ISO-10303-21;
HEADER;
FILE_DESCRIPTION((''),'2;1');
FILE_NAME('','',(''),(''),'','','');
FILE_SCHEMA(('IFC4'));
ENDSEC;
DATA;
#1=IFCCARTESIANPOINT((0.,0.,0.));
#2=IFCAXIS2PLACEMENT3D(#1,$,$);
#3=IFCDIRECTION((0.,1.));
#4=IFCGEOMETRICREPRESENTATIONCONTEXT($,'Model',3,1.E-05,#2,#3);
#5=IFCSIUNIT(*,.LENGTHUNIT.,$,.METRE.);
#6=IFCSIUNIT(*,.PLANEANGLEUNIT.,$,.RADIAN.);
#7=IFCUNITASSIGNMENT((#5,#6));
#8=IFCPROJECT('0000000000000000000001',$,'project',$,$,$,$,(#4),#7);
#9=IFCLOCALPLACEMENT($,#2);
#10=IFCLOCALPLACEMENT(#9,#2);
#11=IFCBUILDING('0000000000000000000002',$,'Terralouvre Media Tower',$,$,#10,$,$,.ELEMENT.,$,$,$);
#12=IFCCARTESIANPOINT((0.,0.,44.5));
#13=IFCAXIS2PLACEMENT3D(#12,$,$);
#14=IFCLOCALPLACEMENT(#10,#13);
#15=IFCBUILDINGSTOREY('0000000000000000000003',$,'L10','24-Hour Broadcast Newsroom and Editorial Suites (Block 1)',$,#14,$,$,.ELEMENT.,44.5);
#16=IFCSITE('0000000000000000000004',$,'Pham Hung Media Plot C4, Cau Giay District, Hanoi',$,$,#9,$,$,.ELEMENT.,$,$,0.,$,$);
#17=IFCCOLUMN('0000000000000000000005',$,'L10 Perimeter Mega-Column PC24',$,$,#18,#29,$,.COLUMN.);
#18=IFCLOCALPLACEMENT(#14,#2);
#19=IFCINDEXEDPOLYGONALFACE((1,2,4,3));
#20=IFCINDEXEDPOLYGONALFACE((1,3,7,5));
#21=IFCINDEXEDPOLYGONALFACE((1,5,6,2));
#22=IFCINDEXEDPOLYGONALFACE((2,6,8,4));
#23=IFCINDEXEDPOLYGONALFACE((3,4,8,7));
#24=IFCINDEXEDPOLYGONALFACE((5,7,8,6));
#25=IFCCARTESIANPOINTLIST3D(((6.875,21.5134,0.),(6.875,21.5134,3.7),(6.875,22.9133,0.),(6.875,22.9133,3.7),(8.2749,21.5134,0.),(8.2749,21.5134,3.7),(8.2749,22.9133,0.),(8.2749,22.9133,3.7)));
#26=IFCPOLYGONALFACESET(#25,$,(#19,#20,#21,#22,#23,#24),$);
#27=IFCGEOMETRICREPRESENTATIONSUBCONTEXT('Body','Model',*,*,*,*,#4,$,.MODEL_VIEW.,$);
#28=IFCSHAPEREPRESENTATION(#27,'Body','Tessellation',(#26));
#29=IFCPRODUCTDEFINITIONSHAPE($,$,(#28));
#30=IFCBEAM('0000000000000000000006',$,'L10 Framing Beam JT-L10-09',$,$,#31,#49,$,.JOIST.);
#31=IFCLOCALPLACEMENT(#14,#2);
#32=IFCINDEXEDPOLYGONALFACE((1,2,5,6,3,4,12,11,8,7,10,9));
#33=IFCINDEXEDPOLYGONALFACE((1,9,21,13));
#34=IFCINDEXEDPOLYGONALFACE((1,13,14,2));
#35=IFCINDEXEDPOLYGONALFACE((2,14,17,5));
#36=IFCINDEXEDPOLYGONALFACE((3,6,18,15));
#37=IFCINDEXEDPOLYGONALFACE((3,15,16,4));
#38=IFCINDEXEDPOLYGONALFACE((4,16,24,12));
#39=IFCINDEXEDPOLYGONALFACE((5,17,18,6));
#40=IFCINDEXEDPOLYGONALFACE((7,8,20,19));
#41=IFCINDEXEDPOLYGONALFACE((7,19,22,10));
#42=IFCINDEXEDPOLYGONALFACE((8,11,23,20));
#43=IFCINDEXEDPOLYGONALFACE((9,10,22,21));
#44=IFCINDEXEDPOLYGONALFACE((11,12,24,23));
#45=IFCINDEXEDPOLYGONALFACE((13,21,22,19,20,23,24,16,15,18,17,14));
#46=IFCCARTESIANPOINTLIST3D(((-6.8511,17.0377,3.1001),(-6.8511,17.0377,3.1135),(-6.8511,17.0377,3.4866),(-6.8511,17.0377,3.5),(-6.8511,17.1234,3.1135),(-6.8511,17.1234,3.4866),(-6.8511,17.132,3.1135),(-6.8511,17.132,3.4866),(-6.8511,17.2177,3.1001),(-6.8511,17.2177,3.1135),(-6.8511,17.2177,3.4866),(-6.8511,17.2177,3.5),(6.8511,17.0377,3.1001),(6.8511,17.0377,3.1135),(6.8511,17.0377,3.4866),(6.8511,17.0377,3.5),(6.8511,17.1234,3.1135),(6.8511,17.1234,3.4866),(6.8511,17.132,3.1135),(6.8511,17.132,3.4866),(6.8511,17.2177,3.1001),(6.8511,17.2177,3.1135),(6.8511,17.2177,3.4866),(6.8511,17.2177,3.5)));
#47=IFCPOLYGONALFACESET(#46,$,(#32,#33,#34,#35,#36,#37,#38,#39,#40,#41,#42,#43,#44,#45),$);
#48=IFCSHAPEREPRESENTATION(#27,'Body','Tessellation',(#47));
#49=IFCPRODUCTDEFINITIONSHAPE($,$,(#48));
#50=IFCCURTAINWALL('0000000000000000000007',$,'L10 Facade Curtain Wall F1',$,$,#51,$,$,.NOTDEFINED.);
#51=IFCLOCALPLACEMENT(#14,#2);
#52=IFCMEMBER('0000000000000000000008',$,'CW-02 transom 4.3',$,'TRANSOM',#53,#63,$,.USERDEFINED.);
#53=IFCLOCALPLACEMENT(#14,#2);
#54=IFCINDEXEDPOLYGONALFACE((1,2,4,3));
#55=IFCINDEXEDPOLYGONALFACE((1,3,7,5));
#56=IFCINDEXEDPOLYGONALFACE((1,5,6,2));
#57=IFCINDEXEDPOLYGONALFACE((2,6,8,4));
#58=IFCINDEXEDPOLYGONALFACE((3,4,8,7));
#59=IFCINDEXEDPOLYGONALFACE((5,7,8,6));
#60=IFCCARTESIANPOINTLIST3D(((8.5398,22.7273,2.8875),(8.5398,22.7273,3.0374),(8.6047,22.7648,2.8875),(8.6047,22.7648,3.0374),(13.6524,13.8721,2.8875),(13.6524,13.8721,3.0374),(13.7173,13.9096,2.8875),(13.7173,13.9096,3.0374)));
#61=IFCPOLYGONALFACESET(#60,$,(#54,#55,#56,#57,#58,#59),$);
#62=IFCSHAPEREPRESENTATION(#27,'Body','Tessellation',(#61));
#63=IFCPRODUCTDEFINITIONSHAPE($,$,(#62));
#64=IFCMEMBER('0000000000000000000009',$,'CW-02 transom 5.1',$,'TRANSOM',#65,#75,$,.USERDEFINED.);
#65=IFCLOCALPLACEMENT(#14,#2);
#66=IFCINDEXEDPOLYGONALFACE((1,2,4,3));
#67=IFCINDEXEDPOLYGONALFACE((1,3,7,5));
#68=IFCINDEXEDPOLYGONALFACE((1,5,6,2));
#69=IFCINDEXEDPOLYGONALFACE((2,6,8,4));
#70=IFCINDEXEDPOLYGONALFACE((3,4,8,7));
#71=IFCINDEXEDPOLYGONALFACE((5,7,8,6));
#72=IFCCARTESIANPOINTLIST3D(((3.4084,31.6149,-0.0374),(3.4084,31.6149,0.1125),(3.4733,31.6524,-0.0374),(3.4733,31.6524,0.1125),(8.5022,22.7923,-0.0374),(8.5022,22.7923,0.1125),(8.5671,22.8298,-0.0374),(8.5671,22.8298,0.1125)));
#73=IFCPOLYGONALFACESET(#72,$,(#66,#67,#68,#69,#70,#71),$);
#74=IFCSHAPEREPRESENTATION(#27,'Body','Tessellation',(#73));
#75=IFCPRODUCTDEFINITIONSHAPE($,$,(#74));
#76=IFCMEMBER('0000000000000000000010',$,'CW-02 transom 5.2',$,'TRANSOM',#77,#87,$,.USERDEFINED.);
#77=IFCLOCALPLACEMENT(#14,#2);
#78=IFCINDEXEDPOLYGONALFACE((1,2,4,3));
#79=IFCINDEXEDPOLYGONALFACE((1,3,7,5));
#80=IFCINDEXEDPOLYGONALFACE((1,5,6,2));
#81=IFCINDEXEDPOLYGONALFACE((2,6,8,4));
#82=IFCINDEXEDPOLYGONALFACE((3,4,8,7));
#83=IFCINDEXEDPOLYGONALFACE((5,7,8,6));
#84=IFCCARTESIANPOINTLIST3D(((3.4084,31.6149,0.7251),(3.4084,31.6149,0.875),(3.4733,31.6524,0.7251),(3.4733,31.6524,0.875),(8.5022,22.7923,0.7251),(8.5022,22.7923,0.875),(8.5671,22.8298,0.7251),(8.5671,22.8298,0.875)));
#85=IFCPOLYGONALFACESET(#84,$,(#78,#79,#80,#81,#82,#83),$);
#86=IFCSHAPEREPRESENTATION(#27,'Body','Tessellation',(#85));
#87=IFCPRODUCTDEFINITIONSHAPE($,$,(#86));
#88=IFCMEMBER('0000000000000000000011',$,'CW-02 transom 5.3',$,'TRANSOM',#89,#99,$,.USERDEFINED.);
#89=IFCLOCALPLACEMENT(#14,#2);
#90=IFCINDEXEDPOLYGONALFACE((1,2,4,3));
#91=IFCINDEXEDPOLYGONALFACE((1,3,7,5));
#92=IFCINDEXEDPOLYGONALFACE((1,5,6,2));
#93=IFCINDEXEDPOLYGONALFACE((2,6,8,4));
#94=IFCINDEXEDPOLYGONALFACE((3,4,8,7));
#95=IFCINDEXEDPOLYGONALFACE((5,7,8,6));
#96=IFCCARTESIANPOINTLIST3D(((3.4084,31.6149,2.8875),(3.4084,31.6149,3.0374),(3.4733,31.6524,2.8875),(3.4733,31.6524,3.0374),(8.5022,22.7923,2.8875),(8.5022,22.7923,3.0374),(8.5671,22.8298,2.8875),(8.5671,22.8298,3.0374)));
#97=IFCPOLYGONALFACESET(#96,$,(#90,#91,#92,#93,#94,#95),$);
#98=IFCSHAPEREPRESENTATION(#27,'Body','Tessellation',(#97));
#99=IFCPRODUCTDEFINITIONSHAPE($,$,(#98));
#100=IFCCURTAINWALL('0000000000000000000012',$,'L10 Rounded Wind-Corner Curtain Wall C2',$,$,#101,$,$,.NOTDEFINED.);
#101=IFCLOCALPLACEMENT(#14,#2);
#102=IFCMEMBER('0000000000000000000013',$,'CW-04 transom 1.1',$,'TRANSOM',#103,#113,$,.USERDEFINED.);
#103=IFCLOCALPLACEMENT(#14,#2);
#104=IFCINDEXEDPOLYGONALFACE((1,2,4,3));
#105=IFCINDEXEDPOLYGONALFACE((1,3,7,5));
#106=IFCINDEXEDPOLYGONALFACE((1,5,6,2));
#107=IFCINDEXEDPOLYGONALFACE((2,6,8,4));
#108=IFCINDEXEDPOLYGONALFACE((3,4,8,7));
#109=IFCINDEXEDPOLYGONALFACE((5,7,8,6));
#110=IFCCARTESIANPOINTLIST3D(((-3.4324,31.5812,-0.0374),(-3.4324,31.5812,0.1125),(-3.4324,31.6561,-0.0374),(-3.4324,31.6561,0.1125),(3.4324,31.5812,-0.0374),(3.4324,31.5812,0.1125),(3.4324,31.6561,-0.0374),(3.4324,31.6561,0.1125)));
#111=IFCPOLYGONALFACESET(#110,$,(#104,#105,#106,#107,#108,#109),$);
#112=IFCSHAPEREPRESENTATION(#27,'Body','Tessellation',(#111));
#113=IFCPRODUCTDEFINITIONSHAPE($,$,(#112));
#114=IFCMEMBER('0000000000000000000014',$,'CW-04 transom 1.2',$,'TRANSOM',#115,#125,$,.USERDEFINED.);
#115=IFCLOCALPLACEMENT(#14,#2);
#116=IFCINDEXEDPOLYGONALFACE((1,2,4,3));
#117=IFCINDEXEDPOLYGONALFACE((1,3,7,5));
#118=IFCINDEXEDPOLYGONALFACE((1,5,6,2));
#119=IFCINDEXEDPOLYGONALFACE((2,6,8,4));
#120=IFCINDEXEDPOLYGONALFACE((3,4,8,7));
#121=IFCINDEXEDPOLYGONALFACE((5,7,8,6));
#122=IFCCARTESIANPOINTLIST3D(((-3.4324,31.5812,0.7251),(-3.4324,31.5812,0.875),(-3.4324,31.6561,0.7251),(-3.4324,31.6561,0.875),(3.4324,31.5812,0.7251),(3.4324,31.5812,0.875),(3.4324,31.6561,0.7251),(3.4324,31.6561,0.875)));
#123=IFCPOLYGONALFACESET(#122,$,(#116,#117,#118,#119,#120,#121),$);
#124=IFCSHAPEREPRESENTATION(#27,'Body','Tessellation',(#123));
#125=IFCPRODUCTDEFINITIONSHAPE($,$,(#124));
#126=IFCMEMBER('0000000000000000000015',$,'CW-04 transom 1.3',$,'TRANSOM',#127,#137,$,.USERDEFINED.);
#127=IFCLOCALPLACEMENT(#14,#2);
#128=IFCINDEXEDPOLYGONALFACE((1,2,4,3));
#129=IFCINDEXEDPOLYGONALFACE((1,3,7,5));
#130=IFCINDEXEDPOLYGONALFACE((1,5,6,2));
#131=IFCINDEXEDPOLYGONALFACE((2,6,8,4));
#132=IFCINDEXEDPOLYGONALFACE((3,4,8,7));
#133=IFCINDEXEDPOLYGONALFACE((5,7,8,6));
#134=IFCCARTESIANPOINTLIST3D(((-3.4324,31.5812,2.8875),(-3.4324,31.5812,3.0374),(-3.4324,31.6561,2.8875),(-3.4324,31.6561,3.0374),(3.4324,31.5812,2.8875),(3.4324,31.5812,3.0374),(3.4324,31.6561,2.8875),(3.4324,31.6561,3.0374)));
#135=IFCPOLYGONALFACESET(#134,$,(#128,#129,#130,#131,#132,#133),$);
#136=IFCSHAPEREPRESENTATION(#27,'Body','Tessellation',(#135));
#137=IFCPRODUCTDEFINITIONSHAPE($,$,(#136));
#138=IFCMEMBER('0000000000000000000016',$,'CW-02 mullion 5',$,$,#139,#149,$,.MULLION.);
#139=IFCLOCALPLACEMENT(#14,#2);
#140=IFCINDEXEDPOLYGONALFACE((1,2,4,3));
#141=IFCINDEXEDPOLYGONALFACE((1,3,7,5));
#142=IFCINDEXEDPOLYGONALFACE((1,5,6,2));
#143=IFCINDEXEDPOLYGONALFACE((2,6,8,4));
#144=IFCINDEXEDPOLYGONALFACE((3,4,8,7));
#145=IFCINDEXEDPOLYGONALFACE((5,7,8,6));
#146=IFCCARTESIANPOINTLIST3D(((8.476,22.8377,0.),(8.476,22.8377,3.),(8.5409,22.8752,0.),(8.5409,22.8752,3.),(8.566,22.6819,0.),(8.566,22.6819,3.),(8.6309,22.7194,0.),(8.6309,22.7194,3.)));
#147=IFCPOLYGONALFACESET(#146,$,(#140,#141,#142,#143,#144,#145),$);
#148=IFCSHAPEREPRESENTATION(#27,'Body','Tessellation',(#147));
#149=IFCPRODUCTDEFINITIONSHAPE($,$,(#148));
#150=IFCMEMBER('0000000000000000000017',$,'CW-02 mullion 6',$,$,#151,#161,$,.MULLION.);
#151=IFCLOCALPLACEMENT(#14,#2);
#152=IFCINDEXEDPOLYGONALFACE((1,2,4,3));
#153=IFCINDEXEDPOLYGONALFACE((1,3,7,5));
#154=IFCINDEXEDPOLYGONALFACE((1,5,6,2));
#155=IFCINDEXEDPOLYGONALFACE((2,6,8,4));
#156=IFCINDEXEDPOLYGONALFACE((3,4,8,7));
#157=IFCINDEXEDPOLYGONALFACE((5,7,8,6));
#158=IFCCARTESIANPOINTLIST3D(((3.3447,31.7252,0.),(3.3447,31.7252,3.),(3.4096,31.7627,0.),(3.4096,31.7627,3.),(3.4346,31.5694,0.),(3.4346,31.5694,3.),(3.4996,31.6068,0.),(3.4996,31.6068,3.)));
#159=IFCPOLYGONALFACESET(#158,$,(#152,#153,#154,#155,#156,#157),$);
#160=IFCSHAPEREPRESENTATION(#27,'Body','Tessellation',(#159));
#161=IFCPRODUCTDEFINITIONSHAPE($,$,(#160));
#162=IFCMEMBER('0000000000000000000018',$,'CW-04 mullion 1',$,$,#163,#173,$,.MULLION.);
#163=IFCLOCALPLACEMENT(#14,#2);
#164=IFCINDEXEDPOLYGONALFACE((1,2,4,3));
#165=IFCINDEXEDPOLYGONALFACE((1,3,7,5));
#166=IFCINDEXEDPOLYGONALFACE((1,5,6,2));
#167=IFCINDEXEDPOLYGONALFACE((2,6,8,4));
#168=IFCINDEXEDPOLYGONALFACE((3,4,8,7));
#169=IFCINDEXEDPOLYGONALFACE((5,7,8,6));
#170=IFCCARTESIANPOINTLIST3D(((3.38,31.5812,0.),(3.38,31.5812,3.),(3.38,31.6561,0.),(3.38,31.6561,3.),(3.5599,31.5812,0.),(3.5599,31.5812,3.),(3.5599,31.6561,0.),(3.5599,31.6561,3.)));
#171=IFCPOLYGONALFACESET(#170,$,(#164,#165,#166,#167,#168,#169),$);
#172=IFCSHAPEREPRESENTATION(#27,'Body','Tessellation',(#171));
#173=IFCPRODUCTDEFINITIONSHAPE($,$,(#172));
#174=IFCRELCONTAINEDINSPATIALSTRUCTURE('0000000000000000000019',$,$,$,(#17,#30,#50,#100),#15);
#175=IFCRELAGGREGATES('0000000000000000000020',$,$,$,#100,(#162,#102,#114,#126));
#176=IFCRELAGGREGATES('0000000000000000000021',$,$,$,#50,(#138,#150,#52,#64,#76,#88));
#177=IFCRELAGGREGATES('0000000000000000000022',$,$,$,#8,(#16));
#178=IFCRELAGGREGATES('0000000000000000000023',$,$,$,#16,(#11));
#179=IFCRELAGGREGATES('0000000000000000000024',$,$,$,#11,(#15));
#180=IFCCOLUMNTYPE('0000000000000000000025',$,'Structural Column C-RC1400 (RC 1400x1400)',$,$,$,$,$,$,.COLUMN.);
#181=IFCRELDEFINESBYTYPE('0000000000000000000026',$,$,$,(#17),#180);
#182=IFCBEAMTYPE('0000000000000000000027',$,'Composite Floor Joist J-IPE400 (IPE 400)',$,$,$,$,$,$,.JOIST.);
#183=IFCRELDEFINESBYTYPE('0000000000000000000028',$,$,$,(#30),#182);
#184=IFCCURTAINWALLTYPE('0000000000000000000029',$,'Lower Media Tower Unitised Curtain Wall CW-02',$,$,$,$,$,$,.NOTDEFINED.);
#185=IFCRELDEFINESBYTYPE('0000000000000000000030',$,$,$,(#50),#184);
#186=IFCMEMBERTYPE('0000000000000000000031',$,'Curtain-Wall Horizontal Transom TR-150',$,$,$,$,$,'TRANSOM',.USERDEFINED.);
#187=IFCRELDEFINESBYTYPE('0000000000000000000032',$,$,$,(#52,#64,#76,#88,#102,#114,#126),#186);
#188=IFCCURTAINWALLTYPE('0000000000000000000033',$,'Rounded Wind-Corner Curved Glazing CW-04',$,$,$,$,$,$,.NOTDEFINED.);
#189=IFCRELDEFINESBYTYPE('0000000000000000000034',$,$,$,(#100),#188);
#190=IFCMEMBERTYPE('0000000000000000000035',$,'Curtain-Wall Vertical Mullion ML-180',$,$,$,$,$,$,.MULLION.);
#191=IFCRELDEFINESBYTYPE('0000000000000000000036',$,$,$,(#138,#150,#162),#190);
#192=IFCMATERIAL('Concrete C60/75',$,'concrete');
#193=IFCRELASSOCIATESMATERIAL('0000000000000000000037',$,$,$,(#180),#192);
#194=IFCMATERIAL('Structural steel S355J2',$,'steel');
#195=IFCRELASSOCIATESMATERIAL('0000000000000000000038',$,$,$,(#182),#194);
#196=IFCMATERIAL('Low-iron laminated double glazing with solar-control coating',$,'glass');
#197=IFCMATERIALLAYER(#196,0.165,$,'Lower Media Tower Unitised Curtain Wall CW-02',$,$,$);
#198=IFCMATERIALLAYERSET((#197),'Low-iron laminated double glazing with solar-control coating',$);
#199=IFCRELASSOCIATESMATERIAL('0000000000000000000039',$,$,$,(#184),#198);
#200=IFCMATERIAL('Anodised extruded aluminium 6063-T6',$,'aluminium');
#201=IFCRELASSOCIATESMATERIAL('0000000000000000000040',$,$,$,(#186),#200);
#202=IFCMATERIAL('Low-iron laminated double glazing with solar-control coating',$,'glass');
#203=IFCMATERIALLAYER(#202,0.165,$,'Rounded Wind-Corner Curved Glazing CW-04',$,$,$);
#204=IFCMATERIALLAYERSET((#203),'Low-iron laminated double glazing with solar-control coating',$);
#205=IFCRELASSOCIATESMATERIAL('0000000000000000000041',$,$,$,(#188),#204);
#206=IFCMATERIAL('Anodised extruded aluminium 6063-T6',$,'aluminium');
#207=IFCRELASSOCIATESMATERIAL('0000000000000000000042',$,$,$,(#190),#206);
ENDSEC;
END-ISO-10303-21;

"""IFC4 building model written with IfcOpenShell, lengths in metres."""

from ifc_helpers import new_model, si_unit, direction, frame, origin, origin_2d, place, context, subcontext, project, spatial, rectangle, i_section, extrude, material, layer, layer_set, material_profile, profile_set, type_object, element, aggregate, save


model = new_model("IFC4")

# Units and contexts
model_context = context("Model", 3, precision=1e-05, world=origin(), true_north=direction((0.0, 1.0)))
body_context = subcontext(model_context, "Body", "Model", "MODEL_VIEW")
ifc_project = project(units=[si_unit("LENGTHUNIT", "METRE"), si_unit("PLANEANGLEUNIT", "RADIAN")], contexts=[model_context])

# Site, building, storey
site_placement = place(None, origin())
site = spatial("IfcSite", under=ifc_project, at=site_placement, Name="Pham Hung Media Plot C4, Cau Giay District, Hanoi", CompositionType="ELEMENT", RefElevation=0.0)
building_placement = place(site_placement, origin())
building = spatial("IfcBuilding", under=site, at=building_placement, Name="Terralouvre Media Tower", CompositionType="ELEMENT")
storey_placement = place(building_placement, frame((0.0, 0.0, 44.5)))
storey = spatial("IfcBuildingStorey", under=building, at=storey_placement, Name="L10", Description="24-Hour Broadcast Newsroom and Editorial Suites (Block 1)", CompositionType="ELEMENT", Elevation=44.5)

# Column
ifc_material_1 = material(Name="Concrete C60/75", Category="concrete")
ifc_material_profile_1 = material_profile(ifc_material_1, rectangle(XDim=1.3999, YDim=1.3999, at=origin_2d()), Name="RC 1400x1400")
ifc_profile_set_1 = profile_set([ifc_material_profile_1], Name="Concrete C60/75")
column_type = type_object("IfcColumnType", Name="Structural Column C-RC1400 (RC 1400x1400)", PredefinedType="COLUMN", material=ifc_profile_set_1)
column_placement = place(storey_placement, frame((7.575, 22.2134, 0.0), z_axis=(0.0, 0.0, 1.0), x_axis=(1.0, 0.0, 0.0)))
element("IfcColumn", 1, at=column_placement, inside=storey, type_object=column_type, Name="L10 Perimeter Mega-Column PC24", PredefinedType="COLUMN", context=body_context, shape_type="SweptSolid", body=[
    extrude(rectangle(XDim=1.3999, YDim=1.3999, at=origin_2d()), origin(), (0.0, 0.0, 1.0), 3.7),
])

# Beam
ifc_material_2 = material(Name="Structural steel S355J2", Category="steel")
ifc_material_profile_2 = material_profile(ifc_material_2, i_section(OverallWidth=0.1799, OverallDepth=0.3999, WebThickness=0.0085, FlangeThickness=0.0134, at=origin_2d()), Name="IPE 400")
ifc_profile_set_2 = profile_set([ifc_material_profile_2], Name="Structural steel S355J2")
beam_type_1 = type_object("IfcBeamType", Name="Composite Floor Joist J-IPE400 (IPE 400)", PredefinedType="JOIST", material=ifc_profile_set_2)
beam_1_placement = place(storey_placement, frame((6.8511, 17.1277, 3.3), z_axis=(-1.0, 0.0, 0.0), x_axis=(0.0, -1.0, 0.0)))
element("IfcBeam", 2, at=beam_1_placement, inside=storey, type_object=beam_type_1, Name="L10 Framing Beam JT-L10-09", PredefinedType="JOIST", context=body_context, shape_type="SweptSolid", body=[
    extrude(i_section(OverallWidth=0.1799, OverallDepth=0.3999, WebThickness=0.0085, FlangeThickness=0.0134, at=origin_2d()), origin(), (0.0, 0.0, 1.0), 13.7021),
])

# Curtain walls, members
ifc_material_3 = material(Name="Low-iron laminated double glazing with solar-control coating", Category="glass")
ifc_layer_1 = layer(ifc_material_3, 0.165, Name="Lower Media Tower Unitised Curtain Wall CW-02")
ifc_layer_set_1 = layer_set([ifc_layer_1], Name="Low-iron laminated double glazing with solar-control coating")
curtain_wall_type_1 = type_object("IfcCurtainWallType", Name="Lower Media Tower Unitised Curtain Wall CW-02", PredefinedType="NOTDEFINED", material=ifc_layer_set_1)
curtain_wall_1_placement = place(storey_placement, origin())
curtain_wall_1 = element("IfcCurtainWall", 3, at=curtain_wall_1_placement, inside=storey, type_object=curtain_wall_type_1, Name="L10 Facade Curtain Wall F1", PredefinedType="NOTDEFINED")
ifc_material_4 = material(Name="Anodised extruded aluminium 6063-T6", Category="aluminium")
ifc_material_profile_3 = material_profile(ifc_material_4, rectangle(XDim=0.075, YDim=0.1499, at=origin_2d()), Name="ALU 75x150")
ifc_profile_set_3 = profile_set([ifc_material_profile_3], Name="Anodised extruded aluminium 6063-T6")
member_type_1 = type_object("IfcMemberType", Name="Curtain-Wall Horizontal Transom TR-150", ElementType="TRANSOM", PredefinedType="USERDEFINED", material=ifc_profile_set_3)
member_1_placement = place(storey_placement, frame((13.6848, 13.8909, 2.9624), z_axis=(-0.499999, 0.866026, 0.0), x_axis=(-0.866026, -0.499999, 0.0)))
member_1 = element("IfcMember", 4, at=member_1_placement, type_object=member_type_1, Name="CW-02 transom 4.3", ObjectType="TRANSOM", PredefinedType="USERDEFINED", context=body_context, shape_type="SweptSolid", body=[
    extrude(rectangle(XDim=0.075, YDim=0.1499, at=origin_2d()), origin(), (0.0, 0.0, 1.0), 10.2251),
])
member_2_placement = place(storey_placement, frame((8.5347, 22.811, 0.0376), z_axis=(-0.500005, 0.866022, 0.0), x_axis=(-0.866022, -0.500005, 0.0)))
member_2 = element("IfcMember", 5, at=member_2_placement, type_object=member_type_1, Name="CW-02 transom 5.1", ObjectType="TRANSOM", PredefinedType="USERDEFINED", context=body_context, shape_type="SweptSolid", body=[
    extrude(rectangle(XDim=0.075, YDim=0.1499, at=origin_2d()), origin(), (0.0, 0.0, 1.0), 10.1875),
])
member_3_placement = place(storey_placement, frame((8.5347, 22.811, 0.8), z_axis=(-0.500005, 0.866022, 0.0), x_axis=(-0.866022, -0.500005, 0.0)))
member_3 = element("IfcMember", 6, at=member_3_placement, type_object=member_type_1, Name="CW-02 transom 5.2", ObjectType="TRANSOM", PredefinedType="USERDEFINED", context=body_context, shape_type="SweptSolid", body=[
    extrude(rectangle(XDim=0.075, YDim=0.1499, at=origin_2d()), origin(), (0.0, 0.0, 1.0), 10.1875),
])
member_4_placement = place(storey_placement, frame((8.5347, 22.811, 2.9624), z_axis=(-0.500005, 0.866022, 0.0), x_axis=(-0.866022, -0.500005, 0.0)))
member_4 = element("IfcMember", 7, at=member_4_placement, type_object=member_type_1, Name="CW-02 transom 5.3", ObjectType="TRANSOM", PredefinedType="USERDEFINED", context=body_context, shape_type="SweptSolid", body=[
    extrude(rectangle(XDim=0.075, YDim=0.1499, at=origin_2d()), origin(), (0.0, 0.0, 1.0), 10.1875),
])
ifc_material_5 = material(Name="Low-iron laminated double glazing with solar-control coating", Category="glass")
ifc_layer_2 = layer(ifc_material_5, 0.165, Name="Rounded Wind-Corner Curved Glazing CW-04")
ifc_layer_set_2 = layer_set([ifc_layer_2], Name="Low-iron laminated double glazing with solar-control coating")
curtain_wall_type_2 = type_object("IfcCurtainWallType", Name="Rounded Wind-Corner Curved Glazing CW-04", PredefinedType="NOTDEFINED", material=ifc_layer_set_2)
curtain_wall_2_placement = place(storey_placement, origin())
curtain_wall_2 = element("IfcCurtainWall", 8, at=curtain_wall_2_placement, inside=storey, type_object=curtain_wall_type_2, Name="L10 Rounded Wind-Corner Curtain Wall C2", PredefinedType="NOTDEFINED")
member_5_placement = place(storey_placement, frame((3.4324, 31.6187, 0.0376), z_axis=(-1.0, 0.0, 0.0), x_axis=(0.0, -1.0, 0.0)))
member_5 = element("IfcMember", 9, at=member_5_placement, type_object=member_type_1, Name="CW-04 transom 1.1", ObjectType="TRANSOM", PredefinedType="USERDEFINED", context=body_context, shape_type="SweptSolid", body=[
    extrude(rectangle(XDim=0.075, YDim=0.1499, at=origin_2d()), origin(), (0.0, 0.0, 1.0), 6.8647),
])
member_6_placement = place(storey_placement, frame((3.4324, 31.6187, 0.8), z_axis=(-1.0, 0.0, 0.0), x_axis=(0.0, -1.0, 0.0)))
member_6 = element("IfcMember", 10, at=member_6_placement, type_object=member_type_1, Name="CW-04 transom 1.2", ObjectType="TRANSOM", PredefinedType="USERDEFINED", context=body_context, shape_type="SweptSolid", body=[
    extrude(rectangle(XDim=0.075, YDim=0.1499, at=origin_2d()), origin(), (0.0, 0.0, 1.0), 6.8647),
])
member_7_placement = place(storey_placement, frame((3.4324, 31.6187, 2.9624), z_axis=(-1.0, 0.0, 0.0), x_axis=(0.0, -1.0, 0.0)))
member_7 = element("IfcMember", 11, at=member_7_placement, type_object=member_type_1, Name="CW-04 transom 1.3", ObjectType="TRANSOM", PredefinedType="USERDEFINED", context=body_context, shape_type="SweptSolid", body=[
    extrude(rectangle(XDim=0.075, YDim=0.1499, at=origin_2d()), origin(), (0.0, 0.0, 1.0), 6.8647),
])

# Members
ifc_material_6 = material(Name="Anodised extruded aluminium 6063-T6", Category="aluminium")
ifc_material_profile_4 = material_profile(ifc_material_6, rectangle(XDim=0.075, YDim=0.1799, at=origin_2d()), Name="ALU 75x180")
ifc_profile_set_4 = profile_set([ifc_material_profile_4], Name="Anodised extruded aluminium 6063-T6")
member_type_2 = type_object("IfcMemberType", Name="Curtain-Wall Vertical Mullion ML-180", PredefinedType="MULLION", material=ifc_profile_set_4)
member_8_placement = place(storey_placement, frame((8.5535, 22.7786, 0.0), z_axis=(0.0, 0.0, 1.0), x_axis=(-0.866025, -0.5, 0.0)))
member_8 = element("IfcMember", 12, at=member_8_placement, type_object=member_type_2, Name="CW-02 mullion 5", PredefinedType="MULLION", context=body_context, shape_type="SweptSolid", body=[
    extrude(rectangle(XDim=0.075, YDim=0.1799, at=origin_2d()), origin(), (0.0, 0.0, 1.0), 3.0),
])
member_9_placement = place(storey_placement, frame((3.4221, 31.666, 0.0), z_axis=(0.0, 0.0, 1.0), x_axis=(-0.866025, -0.5, 0.0)))
member_9 = element("IfcMember", 13, at=member_9_placement, type_object=member_type_2, Name="CW-02 mullion 6", PredefinedType="MULLION", context=body_context, shape_type="SweptSolid", body=[
    extrude(rectangle(XDim=0.075, YDim=0.1799, at=origin_2d()), origin(), (0.0, 0.0, 1.0), 3.0),
])
member_10_placement = place(storey_placement, frame((3.47, 31.6187, 0.0), z_axis=(0.0, 0.0, 1.0), x_axis=(0.0, -1.0, 0.0)))
member_10 = element("IfcMember", 14, at=member_10_placement, type_object=member_type_2, Name="CW-04 mullion 1", PredefinedType="MULLION", context=body_context, shape_type="SweptSolid", body=[
    extrude(rectangle(XDim=0.075, YDim=0.1799, at=origin_2d()), origin(), (0.0, 0.0, 1.0), 3.0),
])
aggregate(curtain_wall_2, [member_10, member_5, member_6, member_7])

aggregate(curtain_wall_1, [member_8, member_9, member_1, member_2, member_3, member_4])

save(model, "model.ifc")
